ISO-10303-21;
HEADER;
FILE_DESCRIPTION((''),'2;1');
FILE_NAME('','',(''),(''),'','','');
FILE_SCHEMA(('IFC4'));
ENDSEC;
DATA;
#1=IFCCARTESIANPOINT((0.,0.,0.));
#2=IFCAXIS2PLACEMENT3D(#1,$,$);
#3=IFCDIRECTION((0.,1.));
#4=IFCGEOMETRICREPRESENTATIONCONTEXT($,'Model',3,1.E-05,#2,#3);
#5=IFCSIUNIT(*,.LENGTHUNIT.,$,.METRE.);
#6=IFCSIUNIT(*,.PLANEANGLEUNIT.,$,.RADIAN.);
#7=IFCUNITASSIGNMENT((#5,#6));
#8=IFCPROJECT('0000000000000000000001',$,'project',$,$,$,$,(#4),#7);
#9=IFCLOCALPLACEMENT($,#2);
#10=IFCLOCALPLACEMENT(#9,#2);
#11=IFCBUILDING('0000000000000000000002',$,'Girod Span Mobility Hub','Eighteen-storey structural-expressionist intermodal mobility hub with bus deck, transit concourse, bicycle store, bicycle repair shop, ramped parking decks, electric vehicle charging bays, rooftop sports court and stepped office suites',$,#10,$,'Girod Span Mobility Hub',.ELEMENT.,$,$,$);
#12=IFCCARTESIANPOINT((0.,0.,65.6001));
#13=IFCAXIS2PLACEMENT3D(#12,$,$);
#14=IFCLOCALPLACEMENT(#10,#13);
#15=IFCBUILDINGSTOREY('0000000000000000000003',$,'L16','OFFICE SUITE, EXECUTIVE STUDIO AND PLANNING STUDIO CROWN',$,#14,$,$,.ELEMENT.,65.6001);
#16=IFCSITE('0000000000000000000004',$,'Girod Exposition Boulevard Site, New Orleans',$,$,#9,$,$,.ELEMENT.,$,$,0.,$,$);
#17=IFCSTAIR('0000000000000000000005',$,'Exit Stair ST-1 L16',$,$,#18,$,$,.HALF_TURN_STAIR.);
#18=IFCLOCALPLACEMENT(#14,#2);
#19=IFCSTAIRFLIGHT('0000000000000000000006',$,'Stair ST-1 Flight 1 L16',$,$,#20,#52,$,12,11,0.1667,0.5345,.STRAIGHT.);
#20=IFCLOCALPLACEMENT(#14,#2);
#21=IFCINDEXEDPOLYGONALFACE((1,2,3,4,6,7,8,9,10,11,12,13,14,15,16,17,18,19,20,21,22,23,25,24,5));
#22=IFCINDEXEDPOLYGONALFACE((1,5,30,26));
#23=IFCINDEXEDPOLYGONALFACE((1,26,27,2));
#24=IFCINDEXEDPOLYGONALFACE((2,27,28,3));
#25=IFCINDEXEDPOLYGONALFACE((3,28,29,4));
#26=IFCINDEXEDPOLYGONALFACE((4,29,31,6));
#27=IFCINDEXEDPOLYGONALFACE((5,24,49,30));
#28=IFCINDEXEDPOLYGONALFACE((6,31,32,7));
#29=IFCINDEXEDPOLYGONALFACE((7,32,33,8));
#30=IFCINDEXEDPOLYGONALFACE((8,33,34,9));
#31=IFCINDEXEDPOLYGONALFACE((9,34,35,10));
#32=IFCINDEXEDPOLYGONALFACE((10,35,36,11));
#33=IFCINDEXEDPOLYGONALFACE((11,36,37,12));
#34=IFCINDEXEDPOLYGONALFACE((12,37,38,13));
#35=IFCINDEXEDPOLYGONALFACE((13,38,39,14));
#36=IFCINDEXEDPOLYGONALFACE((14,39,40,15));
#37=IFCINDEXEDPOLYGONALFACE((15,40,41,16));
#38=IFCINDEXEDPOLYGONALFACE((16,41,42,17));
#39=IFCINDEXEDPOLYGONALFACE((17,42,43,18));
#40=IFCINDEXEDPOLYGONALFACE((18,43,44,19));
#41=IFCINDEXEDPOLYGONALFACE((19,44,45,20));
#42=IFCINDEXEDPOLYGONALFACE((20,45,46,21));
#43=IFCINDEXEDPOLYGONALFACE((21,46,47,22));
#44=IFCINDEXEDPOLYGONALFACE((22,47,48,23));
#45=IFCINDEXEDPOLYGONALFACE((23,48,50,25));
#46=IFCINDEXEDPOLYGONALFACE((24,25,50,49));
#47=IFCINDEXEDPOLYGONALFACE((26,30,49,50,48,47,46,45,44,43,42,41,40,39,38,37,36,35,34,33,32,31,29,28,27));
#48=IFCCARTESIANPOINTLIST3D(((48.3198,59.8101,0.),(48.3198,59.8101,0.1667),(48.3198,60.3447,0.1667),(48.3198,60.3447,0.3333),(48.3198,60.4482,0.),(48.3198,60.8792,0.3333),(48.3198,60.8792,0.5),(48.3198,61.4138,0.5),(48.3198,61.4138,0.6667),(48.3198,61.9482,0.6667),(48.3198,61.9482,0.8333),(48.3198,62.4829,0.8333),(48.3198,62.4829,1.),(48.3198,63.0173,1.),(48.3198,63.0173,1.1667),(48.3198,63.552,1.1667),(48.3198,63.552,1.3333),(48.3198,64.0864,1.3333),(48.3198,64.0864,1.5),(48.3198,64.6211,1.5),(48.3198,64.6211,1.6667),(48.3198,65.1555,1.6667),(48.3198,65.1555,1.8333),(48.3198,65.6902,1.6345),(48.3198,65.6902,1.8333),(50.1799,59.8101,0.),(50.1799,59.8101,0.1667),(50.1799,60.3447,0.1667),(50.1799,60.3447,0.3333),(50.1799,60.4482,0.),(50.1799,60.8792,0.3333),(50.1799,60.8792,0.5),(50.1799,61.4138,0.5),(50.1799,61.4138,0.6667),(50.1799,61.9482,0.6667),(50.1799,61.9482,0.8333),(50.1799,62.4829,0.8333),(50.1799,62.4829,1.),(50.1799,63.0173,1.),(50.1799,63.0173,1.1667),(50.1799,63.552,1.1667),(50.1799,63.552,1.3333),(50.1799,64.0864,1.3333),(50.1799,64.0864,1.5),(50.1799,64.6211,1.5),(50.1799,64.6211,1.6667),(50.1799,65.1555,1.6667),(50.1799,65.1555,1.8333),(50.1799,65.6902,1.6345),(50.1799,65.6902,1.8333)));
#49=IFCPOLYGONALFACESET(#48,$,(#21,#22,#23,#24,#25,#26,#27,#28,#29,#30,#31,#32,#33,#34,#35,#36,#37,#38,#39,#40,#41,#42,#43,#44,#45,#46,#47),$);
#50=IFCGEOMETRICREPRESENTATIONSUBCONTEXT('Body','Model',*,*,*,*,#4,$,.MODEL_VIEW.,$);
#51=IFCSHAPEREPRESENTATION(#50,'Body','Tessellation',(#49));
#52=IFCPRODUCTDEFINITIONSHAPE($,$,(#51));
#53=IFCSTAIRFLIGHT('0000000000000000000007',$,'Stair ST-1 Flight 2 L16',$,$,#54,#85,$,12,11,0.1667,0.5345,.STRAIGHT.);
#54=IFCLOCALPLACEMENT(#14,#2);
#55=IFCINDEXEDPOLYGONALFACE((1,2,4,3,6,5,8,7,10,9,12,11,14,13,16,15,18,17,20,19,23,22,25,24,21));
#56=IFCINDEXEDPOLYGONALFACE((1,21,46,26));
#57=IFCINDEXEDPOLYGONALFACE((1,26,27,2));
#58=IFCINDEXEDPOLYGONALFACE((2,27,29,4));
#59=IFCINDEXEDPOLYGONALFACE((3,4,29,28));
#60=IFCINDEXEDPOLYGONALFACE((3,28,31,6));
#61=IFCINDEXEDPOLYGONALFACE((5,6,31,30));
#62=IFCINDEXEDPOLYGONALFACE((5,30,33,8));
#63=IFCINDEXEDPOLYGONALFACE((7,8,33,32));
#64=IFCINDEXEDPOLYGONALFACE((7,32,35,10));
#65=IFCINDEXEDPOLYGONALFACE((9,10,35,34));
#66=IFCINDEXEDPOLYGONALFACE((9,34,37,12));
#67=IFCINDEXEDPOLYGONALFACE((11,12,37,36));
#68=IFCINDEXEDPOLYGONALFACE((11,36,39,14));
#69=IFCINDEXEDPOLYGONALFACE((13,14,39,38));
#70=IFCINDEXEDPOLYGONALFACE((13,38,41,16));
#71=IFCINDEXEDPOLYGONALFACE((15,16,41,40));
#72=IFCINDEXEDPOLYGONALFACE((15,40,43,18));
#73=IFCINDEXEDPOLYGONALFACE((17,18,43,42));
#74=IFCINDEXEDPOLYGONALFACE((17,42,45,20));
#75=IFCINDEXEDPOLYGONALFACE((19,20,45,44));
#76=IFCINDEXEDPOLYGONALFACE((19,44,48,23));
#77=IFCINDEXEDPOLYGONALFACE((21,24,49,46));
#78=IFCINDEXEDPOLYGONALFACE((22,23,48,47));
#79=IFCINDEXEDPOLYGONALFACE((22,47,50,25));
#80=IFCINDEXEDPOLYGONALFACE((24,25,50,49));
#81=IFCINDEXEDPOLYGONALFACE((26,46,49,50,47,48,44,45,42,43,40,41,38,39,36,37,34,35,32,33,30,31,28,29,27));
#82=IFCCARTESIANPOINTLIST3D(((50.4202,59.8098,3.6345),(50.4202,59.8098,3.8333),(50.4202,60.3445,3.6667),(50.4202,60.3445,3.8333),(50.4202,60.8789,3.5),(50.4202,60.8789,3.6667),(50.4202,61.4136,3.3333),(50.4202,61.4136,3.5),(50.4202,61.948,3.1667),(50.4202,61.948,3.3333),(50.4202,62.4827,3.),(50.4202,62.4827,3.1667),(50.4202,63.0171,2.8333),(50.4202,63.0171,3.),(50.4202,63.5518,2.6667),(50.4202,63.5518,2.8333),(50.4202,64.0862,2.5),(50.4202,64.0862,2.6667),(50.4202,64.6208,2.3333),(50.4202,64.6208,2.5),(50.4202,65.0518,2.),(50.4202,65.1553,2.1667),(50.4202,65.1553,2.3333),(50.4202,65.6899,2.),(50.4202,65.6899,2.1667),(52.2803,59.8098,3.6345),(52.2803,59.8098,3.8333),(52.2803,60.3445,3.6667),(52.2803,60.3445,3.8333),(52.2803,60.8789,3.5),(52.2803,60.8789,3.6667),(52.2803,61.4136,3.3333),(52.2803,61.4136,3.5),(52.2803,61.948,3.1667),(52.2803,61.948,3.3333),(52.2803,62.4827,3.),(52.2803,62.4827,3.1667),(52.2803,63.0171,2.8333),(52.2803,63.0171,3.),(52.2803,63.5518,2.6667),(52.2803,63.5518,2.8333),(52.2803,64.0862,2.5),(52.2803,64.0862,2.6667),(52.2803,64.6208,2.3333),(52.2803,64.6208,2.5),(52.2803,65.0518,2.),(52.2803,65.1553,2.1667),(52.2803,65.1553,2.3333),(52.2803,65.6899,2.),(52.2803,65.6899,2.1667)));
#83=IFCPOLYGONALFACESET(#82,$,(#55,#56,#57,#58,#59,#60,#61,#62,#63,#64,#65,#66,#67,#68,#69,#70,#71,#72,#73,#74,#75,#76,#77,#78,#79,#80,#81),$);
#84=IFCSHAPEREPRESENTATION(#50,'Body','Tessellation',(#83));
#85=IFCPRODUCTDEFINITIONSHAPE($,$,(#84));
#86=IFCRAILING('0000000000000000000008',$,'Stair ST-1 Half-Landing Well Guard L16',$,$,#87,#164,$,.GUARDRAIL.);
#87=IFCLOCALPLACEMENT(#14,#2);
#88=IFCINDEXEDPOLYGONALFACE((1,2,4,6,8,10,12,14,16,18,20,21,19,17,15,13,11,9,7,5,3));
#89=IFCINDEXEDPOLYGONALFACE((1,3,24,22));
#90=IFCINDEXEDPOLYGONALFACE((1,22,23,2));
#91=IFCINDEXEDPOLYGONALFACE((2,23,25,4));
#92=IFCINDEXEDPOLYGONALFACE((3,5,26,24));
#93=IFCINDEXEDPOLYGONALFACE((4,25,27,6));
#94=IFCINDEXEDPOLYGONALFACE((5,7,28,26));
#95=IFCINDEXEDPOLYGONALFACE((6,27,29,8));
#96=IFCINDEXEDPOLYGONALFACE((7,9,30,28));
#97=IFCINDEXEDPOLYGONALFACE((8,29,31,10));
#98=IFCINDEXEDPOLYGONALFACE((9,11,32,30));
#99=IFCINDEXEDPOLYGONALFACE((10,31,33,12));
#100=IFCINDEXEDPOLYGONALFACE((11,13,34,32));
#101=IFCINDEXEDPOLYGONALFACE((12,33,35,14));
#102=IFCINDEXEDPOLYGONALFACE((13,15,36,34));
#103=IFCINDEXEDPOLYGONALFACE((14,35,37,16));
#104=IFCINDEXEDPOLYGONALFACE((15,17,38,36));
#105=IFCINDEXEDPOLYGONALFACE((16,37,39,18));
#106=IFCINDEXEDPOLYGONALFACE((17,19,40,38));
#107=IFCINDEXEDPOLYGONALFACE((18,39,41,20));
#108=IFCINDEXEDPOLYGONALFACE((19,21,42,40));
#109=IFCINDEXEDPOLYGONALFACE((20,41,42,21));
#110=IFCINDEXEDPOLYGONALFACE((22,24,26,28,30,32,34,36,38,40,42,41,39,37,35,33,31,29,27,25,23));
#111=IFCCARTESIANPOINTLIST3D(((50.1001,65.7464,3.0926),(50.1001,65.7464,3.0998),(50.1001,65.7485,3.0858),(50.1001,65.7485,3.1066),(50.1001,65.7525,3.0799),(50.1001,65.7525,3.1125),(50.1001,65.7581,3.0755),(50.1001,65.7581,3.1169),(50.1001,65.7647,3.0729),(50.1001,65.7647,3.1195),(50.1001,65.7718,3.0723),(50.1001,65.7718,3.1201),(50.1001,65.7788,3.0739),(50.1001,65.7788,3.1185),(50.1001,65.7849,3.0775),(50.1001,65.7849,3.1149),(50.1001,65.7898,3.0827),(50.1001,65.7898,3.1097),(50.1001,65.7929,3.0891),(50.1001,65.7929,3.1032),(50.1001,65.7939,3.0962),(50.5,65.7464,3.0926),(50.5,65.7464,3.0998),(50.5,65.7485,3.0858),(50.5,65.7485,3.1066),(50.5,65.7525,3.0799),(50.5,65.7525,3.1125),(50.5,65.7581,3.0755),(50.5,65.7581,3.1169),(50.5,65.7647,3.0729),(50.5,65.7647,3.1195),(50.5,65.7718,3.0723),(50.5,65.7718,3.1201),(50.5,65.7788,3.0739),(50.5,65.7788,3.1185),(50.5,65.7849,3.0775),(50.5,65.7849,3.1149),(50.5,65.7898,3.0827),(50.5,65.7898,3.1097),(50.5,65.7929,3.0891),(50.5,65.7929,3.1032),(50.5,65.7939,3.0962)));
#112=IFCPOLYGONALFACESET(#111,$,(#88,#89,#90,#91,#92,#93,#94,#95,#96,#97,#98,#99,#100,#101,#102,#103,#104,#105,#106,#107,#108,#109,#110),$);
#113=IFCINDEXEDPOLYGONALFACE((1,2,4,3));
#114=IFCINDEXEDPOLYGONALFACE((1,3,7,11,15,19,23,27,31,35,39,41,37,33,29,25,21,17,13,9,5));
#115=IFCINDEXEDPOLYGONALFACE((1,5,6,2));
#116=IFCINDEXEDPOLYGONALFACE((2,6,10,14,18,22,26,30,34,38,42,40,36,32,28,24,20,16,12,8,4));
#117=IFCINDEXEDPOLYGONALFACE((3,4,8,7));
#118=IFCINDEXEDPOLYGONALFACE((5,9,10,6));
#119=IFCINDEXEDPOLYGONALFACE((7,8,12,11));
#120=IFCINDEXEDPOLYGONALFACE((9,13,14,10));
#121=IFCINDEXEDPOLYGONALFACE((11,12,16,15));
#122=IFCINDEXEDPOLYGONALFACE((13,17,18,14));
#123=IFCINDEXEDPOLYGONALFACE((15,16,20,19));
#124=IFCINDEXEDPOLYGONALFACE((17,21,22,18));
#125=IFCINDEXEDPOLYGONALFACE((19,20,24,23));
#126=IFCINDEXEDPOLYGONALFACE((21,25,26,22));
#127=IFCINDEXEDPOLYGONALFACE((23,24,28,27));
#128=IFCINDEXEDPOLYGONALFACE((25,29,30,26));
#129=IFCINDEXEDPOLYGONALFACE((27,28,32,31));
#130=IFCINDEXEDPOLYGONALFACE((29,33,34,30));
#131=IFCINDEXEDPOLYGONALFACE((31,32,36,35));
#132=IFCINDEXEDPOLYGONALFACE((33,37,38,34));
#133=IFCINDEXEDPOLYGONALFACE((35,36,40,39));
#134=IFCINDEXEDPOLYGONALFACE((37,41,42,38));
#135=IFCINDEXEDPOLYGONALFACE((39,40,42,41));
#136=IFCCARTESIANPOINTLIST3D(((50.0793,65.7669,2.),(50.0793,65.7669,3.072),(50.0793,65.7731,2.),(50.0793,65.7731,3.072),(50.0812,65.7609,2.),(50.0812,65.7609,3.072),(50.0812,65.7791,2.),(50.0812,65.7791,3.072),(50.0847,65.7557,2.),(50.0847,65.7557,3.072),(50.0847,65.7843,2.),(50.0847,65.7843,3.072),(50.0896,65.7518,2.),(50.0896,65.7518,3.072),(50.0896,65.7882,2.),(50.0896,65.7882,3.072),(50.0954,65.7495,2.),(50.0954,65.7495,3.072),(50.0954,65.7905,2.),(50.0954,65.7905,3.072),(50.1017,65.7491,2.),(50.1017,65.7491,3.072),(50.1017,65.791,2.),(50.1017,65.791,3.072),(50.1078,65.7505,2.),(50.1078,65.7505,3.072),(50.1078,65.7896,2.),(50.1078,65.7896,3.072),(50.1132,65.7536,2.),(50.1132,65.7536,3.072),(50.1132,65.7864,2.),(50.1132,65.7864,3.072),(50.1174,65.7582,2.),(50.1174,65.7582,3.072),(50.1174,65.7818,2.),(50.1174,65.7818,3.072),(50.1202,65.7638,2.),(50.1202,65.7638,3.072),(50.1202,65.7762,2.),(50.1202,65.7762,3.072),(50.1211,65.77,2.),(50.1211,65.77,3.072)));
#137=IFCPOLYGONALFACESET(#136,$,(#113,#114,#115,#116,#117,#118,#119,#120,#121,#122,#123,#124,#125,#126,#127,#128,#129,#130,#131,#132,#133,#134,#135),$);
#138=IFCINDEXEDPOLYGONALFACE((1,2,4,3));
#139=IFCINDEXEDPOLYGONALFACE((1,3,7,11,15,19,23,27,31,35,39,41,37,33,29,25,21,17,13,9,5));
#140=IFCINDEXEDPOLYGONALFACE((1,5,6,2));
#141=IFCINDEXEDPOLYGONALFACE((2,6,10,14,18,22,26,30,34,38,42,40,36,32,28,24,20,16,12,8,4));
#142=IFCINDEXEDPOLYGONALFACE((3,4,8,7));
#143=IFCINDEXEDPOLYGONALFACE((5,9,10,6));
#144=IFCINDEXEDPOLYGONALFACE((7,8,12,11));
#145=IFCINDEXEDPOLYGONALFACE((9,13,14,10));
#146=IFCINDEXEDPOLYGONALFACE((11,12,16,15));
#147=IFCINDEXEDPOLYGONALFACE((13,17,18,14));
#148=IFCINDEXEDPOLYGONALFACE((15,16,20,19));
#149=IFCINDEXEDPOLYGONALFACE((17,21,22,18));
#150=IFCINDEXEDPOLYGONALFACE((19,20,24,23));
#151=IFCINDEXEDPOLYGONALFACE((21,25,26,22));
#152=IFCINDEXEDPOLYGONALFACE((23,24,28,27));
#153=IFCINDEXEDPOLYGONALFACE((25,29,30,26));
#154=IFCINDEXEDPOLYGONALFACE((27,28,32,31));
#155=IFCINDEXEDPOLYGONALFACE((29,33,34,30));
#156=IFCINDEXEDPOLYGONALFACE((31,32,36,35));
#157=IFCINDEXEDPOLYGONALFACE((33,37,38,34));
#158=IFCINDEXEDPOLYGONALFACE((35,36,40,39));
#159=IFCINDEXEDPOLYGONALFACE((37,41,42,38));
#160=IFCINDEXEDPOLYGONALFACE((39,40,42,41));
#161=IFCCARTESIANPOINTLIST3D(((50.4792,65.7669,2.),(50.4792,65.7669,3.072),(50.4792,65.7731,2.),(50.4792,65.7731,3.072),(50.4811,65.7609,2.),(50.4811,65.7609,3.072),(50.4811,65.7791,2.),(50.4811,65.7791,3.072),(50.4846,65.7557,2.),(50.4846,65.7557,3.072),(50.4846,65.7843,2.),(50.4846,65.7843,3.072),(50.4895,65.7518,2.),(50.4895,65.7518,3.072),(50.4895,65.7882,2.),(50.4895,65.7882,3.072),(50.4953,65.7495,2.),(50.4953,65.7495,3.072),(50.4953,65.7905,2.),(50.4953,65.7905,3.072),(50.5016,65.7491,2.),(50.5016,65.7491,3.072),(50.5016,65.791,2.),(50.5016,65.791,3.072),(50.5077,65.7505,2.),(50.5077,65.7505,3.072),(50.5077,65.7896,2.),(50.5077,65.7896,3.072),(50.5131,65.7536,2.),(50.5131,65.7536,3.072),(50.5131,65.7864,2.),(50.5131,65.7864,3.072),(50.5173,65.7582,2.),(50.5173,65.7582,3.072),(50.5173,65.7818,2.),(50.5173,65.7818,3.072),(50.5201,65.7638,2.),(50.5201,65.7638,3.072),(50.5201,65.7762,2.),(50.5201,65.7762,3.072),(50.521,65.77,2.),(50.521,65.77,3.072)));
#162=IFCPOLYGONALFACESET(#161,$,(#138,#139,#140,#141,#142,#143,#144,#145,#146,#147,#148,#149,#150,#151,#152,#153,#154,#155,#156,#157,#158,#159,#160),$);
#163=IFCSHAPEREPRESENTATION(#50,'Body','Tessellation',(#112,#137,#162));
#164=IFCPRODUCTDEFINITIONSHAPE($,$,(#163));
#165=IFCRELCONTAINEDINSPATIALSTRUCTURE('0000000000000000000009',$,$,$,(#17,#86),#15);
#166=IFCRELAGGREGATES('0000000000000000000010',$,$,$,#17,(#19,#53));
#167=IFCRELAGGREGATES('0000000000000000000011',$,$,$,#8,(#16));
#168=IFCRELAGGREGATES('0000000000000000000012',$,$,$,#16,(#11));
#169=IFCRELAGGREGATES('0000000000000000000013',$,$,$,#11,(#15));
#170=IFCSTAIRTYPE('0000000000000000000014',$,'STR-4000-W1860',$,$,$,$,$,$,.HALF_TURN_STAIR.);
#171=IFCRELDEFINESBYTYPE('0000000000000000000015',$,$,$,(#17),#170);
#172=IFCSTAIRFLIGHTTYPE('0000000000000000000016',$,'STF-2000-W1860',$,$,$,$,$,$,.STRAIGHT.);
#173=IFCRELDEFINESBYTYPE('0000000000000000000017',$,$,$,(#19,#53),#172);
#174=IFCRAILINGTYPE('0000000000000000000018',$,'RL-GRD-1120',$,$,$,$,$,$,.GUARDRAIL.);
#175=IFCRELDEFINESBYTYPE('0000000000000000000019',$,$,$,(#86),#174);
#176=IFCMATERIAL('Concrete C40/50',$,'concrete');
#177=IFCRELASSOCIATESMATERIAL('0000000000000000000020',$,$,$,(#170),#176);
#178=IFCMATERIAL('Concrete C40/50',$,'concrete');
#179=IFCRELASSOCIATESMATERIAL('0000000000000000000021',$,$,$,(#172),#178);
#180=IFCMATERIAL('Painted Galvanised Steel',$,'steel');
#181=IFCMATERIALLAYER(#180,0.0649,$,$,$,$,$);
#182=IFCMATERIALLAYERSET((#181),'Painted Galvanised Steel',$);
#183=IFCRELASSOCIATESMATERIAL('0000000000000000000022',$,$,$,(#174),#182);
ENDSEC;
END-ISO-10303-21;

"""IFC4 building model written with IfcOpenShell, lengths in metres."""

from ifc_helpers import new_model, si_unit, direction, frame, origin, origin_2d, place, context, subcontext, project, spatial, polyline, circle, outline, extrude, material, layer, layer_set, type_object, element, aggregate, save


model = new_model("IFC4")

# Units and contexts
model_context = context("Model", 3, precision=1e-05, world=origin(), true_north=direction((0.0, 1.0)))
body_context = subcontext(model_context, "Body", "Model", "MODEL_VIEW")
ifc_project = project(units=[si_unit("LENGTHUNIT", "METRE"), si_unit("PLANEANGLEUNIT", "RADIAN")], contexts=[model_context])

# Site, building, storey
site_placement = place(None, origin())
site = spatial("IfcSite", under=ifc_project, at=site_placement, Name="Girod Exposition Boulevard Site, New Orleans", CompositionType="ELEMENT", RefElevation=0.0)
building_placement = place(site_placement, origin())
building = spatial("IfcBuilding", under=site, at=building_placement, Name="Girod Span Mobility Hub", Description="Eighteen-storey structural-expressionist intermodal mobility hub with bus deck, transit concourse, bicycle store, bicycle repair shop, ramped parking decks, electric vehicle charging bays, rooftop sports court and stepped office suites", LongName="Girod Span Mobility Hub", CompositionType="ELEMENT")
storey_placement = place(building_placement, frame((0.0, 0.0, 65.6001)))
storey = spatial("IfcBuildingStorey", under=building, at=storey_placement, Name="L16", Description="OFFICE SUITE, EXECUTIVE STUDIO AND PLANNING STUDIO CROWN", CompositionType="ELEMENT", Elevation=65.6001)

# Stair, stair flights
ifc_material_1 = material(Name="Concrete C40/50", Category="concrete")
stair_type = type_object("IfcStairType", Name="STR-4000-W1860", PredefinedType="HALF_TURN_STAIR", material=ifc_material_1)
stair_placement = place(storey_placement, origin())
stair = element("IfcStair", 1, at=stair_placement, inside=storey, type_object=stair_type, Name="Exit Stair ST-1 L16", PredefinedType="HALF_TURN_STAIR")
ifc_material_2 = material(Name="Concrete C40/50", Category="concrete")
stair_flight_type = type_object("IfcStairFlightType", Name="STF-2000-W1860", PredefinedType="STRAIGHT", material=ifc_material_2)
stair_flight_1_placement = place(storey_placement, frame((49.25, 59.8101, 0.0), z_axis=(0.0, 0.0, 1.0), x_axis=(0.0, 1.0, 0.0)))
stair_flight_1 = element("IfcStairFlight", 2, at=stair_flight_1_placement, type_object=stair_flight_type, Name="Stair ST-1 Flight 1 L16", NumberOfRisers=12, NumberOfTreads=11, PredefinedType="STRAIGHT", RiserHeight=0.1667, TreadLength=0.5345, context=body_context, shape_type="SweptSolid", body=[
    extrude(outline(polyline([(0.0, 0.0), (0.0, 0.1667), (0.5347, 0.1667), (0.5347, 0.3333), (1.0691, 0.3333), (1.0691, 0.5), (1.6038, 0.5), (1.6038, 0.6667), (2.1382, 0.6667), (2.1382, 0.8333), (2.6729, 0.8333), (2.6729, 1.0), (3.2073, 1.0), (3.2073, 1.1667), (3.7419, 1.1667), (3.7419, 1.3333), (4.2764, 1.3333), (4.2764, 1.5), (4.811, 1.5), (4.811, 1.6667), (5.3455, 1.6667), (5.3455, 1.8333), (5.8801, 1.8333), (5.8801, 2.0), (5.8801, 1.6345), (0.6382, 0.0), (0.0, 0.0)])), frame((0.0, 0.9302, 0.0), z_axis=(0.0, -1.0, 0.0), x_axis=(1.0, 0.0, 0.0)), (0.0, 0.0, 1.0), 1.8601),
])
stair_flight_2_placement = place(storey_placement, frame((51.3501, 65.6899, 2.0), z_axis=(0.0, 0.0, 1.0), x_axis=(0.0, -1.0, 0.0)))
stair_flight_2 = element("IfcStairFlight", 3, at=stair_flight_2_placement, type_object=stair_flight_type, Name="Stair ST-1 Flight 2 L16", NumberOfRisers=12, NumberOfTreads=11, PredefinedType="STRAIGHT", RiserHeight=0.1667, TreadLength=0.5345, context=body_context, shape_type="SweptSolid", body=[
    extrude(outline(polyline([(0.0, 0.0), (0.0, 0.1667), (0.5347, 0.1667), (0.5347, 0.3333), (1.0691, 0.3333), (1.0691, 0.5), (1.6038, 0.5), (1.6038, 0.6667), (2.1382, 0.6667), (2.1382, 0.8333), (2.6729, 0.8333), (2.6729, 1.0), (3.2073, 1.0), (3.2073, 1.1667), (3.7419, 1.1667), (3.7419, 1.3333), (4.2764, 1.3333), (4.2764, 1.5), (4.811, 1.5), (4.811, 1.6667), (5.3455, 1.6667), (5.3455, 1.8333), (5.8801, 1.8333), (5.8801, 2.0), (5.8801, 1.6345), (0.6382, 0.0), (0.0, 0.0)])), frame((0.0, 0.9302, 0.0), z_axis=(0.0, -1.0, 0.0), x_axis=(1.0, 0.0, 0.0)), (0.0, 0.0, 1.0), 1.8601),
])
aggregate(stair, [stair_flight_1, stair_flight_2])

# Railing
ifc_material_3 = material(Name="Painted Galvanised Steel", Category="steel")
ifc_layer_1 = layer(ifc_material_3, 0.0649)
ifc_layer_set_1 = layer_set([ifc_layer_1], Name="Painted Galvanised Steel")
railing_type_1 = type_object("IfcRailingType", Name="RL-GRD-1120", PredefinedType="GUARDRAIL", material=ifc_layer_set_1)
for number, where, name in (
    (4, (50.1001, 65.77, 2.0), "Stair ST-1 Half-Landing Well Guard L16"),
):
    element("IfcRailing", number, at=place(storey_placement, frame(where)), inside=storey, type_object=railing_type_1, Name=name, PredefinedType="GUARDRAIL", context=body_context, shape_type="SweptSolid", body=[
        extrude(circle(Radius=0.0239, at=origin_2d()), frame((0.0, 0.0, 1.0962), z_axis=(1.0, 0.0, 0.0), x_axis=(0.0, 1.0, 0.0)), (0.0, 0.0, 1.0), 0.3999),
        extrude(circle(Radius=0.021, at=origin_2d()), origin(), (0.0, 0.0, 1.0), 1.072),
        extrude(circle(Radius=0.021, at=origin_2d()), frame((0.3999, 0.0, 0.0)), (0.0, 0.0, 1.0), 1.072),
    ])

save(model, "model.ifc")
